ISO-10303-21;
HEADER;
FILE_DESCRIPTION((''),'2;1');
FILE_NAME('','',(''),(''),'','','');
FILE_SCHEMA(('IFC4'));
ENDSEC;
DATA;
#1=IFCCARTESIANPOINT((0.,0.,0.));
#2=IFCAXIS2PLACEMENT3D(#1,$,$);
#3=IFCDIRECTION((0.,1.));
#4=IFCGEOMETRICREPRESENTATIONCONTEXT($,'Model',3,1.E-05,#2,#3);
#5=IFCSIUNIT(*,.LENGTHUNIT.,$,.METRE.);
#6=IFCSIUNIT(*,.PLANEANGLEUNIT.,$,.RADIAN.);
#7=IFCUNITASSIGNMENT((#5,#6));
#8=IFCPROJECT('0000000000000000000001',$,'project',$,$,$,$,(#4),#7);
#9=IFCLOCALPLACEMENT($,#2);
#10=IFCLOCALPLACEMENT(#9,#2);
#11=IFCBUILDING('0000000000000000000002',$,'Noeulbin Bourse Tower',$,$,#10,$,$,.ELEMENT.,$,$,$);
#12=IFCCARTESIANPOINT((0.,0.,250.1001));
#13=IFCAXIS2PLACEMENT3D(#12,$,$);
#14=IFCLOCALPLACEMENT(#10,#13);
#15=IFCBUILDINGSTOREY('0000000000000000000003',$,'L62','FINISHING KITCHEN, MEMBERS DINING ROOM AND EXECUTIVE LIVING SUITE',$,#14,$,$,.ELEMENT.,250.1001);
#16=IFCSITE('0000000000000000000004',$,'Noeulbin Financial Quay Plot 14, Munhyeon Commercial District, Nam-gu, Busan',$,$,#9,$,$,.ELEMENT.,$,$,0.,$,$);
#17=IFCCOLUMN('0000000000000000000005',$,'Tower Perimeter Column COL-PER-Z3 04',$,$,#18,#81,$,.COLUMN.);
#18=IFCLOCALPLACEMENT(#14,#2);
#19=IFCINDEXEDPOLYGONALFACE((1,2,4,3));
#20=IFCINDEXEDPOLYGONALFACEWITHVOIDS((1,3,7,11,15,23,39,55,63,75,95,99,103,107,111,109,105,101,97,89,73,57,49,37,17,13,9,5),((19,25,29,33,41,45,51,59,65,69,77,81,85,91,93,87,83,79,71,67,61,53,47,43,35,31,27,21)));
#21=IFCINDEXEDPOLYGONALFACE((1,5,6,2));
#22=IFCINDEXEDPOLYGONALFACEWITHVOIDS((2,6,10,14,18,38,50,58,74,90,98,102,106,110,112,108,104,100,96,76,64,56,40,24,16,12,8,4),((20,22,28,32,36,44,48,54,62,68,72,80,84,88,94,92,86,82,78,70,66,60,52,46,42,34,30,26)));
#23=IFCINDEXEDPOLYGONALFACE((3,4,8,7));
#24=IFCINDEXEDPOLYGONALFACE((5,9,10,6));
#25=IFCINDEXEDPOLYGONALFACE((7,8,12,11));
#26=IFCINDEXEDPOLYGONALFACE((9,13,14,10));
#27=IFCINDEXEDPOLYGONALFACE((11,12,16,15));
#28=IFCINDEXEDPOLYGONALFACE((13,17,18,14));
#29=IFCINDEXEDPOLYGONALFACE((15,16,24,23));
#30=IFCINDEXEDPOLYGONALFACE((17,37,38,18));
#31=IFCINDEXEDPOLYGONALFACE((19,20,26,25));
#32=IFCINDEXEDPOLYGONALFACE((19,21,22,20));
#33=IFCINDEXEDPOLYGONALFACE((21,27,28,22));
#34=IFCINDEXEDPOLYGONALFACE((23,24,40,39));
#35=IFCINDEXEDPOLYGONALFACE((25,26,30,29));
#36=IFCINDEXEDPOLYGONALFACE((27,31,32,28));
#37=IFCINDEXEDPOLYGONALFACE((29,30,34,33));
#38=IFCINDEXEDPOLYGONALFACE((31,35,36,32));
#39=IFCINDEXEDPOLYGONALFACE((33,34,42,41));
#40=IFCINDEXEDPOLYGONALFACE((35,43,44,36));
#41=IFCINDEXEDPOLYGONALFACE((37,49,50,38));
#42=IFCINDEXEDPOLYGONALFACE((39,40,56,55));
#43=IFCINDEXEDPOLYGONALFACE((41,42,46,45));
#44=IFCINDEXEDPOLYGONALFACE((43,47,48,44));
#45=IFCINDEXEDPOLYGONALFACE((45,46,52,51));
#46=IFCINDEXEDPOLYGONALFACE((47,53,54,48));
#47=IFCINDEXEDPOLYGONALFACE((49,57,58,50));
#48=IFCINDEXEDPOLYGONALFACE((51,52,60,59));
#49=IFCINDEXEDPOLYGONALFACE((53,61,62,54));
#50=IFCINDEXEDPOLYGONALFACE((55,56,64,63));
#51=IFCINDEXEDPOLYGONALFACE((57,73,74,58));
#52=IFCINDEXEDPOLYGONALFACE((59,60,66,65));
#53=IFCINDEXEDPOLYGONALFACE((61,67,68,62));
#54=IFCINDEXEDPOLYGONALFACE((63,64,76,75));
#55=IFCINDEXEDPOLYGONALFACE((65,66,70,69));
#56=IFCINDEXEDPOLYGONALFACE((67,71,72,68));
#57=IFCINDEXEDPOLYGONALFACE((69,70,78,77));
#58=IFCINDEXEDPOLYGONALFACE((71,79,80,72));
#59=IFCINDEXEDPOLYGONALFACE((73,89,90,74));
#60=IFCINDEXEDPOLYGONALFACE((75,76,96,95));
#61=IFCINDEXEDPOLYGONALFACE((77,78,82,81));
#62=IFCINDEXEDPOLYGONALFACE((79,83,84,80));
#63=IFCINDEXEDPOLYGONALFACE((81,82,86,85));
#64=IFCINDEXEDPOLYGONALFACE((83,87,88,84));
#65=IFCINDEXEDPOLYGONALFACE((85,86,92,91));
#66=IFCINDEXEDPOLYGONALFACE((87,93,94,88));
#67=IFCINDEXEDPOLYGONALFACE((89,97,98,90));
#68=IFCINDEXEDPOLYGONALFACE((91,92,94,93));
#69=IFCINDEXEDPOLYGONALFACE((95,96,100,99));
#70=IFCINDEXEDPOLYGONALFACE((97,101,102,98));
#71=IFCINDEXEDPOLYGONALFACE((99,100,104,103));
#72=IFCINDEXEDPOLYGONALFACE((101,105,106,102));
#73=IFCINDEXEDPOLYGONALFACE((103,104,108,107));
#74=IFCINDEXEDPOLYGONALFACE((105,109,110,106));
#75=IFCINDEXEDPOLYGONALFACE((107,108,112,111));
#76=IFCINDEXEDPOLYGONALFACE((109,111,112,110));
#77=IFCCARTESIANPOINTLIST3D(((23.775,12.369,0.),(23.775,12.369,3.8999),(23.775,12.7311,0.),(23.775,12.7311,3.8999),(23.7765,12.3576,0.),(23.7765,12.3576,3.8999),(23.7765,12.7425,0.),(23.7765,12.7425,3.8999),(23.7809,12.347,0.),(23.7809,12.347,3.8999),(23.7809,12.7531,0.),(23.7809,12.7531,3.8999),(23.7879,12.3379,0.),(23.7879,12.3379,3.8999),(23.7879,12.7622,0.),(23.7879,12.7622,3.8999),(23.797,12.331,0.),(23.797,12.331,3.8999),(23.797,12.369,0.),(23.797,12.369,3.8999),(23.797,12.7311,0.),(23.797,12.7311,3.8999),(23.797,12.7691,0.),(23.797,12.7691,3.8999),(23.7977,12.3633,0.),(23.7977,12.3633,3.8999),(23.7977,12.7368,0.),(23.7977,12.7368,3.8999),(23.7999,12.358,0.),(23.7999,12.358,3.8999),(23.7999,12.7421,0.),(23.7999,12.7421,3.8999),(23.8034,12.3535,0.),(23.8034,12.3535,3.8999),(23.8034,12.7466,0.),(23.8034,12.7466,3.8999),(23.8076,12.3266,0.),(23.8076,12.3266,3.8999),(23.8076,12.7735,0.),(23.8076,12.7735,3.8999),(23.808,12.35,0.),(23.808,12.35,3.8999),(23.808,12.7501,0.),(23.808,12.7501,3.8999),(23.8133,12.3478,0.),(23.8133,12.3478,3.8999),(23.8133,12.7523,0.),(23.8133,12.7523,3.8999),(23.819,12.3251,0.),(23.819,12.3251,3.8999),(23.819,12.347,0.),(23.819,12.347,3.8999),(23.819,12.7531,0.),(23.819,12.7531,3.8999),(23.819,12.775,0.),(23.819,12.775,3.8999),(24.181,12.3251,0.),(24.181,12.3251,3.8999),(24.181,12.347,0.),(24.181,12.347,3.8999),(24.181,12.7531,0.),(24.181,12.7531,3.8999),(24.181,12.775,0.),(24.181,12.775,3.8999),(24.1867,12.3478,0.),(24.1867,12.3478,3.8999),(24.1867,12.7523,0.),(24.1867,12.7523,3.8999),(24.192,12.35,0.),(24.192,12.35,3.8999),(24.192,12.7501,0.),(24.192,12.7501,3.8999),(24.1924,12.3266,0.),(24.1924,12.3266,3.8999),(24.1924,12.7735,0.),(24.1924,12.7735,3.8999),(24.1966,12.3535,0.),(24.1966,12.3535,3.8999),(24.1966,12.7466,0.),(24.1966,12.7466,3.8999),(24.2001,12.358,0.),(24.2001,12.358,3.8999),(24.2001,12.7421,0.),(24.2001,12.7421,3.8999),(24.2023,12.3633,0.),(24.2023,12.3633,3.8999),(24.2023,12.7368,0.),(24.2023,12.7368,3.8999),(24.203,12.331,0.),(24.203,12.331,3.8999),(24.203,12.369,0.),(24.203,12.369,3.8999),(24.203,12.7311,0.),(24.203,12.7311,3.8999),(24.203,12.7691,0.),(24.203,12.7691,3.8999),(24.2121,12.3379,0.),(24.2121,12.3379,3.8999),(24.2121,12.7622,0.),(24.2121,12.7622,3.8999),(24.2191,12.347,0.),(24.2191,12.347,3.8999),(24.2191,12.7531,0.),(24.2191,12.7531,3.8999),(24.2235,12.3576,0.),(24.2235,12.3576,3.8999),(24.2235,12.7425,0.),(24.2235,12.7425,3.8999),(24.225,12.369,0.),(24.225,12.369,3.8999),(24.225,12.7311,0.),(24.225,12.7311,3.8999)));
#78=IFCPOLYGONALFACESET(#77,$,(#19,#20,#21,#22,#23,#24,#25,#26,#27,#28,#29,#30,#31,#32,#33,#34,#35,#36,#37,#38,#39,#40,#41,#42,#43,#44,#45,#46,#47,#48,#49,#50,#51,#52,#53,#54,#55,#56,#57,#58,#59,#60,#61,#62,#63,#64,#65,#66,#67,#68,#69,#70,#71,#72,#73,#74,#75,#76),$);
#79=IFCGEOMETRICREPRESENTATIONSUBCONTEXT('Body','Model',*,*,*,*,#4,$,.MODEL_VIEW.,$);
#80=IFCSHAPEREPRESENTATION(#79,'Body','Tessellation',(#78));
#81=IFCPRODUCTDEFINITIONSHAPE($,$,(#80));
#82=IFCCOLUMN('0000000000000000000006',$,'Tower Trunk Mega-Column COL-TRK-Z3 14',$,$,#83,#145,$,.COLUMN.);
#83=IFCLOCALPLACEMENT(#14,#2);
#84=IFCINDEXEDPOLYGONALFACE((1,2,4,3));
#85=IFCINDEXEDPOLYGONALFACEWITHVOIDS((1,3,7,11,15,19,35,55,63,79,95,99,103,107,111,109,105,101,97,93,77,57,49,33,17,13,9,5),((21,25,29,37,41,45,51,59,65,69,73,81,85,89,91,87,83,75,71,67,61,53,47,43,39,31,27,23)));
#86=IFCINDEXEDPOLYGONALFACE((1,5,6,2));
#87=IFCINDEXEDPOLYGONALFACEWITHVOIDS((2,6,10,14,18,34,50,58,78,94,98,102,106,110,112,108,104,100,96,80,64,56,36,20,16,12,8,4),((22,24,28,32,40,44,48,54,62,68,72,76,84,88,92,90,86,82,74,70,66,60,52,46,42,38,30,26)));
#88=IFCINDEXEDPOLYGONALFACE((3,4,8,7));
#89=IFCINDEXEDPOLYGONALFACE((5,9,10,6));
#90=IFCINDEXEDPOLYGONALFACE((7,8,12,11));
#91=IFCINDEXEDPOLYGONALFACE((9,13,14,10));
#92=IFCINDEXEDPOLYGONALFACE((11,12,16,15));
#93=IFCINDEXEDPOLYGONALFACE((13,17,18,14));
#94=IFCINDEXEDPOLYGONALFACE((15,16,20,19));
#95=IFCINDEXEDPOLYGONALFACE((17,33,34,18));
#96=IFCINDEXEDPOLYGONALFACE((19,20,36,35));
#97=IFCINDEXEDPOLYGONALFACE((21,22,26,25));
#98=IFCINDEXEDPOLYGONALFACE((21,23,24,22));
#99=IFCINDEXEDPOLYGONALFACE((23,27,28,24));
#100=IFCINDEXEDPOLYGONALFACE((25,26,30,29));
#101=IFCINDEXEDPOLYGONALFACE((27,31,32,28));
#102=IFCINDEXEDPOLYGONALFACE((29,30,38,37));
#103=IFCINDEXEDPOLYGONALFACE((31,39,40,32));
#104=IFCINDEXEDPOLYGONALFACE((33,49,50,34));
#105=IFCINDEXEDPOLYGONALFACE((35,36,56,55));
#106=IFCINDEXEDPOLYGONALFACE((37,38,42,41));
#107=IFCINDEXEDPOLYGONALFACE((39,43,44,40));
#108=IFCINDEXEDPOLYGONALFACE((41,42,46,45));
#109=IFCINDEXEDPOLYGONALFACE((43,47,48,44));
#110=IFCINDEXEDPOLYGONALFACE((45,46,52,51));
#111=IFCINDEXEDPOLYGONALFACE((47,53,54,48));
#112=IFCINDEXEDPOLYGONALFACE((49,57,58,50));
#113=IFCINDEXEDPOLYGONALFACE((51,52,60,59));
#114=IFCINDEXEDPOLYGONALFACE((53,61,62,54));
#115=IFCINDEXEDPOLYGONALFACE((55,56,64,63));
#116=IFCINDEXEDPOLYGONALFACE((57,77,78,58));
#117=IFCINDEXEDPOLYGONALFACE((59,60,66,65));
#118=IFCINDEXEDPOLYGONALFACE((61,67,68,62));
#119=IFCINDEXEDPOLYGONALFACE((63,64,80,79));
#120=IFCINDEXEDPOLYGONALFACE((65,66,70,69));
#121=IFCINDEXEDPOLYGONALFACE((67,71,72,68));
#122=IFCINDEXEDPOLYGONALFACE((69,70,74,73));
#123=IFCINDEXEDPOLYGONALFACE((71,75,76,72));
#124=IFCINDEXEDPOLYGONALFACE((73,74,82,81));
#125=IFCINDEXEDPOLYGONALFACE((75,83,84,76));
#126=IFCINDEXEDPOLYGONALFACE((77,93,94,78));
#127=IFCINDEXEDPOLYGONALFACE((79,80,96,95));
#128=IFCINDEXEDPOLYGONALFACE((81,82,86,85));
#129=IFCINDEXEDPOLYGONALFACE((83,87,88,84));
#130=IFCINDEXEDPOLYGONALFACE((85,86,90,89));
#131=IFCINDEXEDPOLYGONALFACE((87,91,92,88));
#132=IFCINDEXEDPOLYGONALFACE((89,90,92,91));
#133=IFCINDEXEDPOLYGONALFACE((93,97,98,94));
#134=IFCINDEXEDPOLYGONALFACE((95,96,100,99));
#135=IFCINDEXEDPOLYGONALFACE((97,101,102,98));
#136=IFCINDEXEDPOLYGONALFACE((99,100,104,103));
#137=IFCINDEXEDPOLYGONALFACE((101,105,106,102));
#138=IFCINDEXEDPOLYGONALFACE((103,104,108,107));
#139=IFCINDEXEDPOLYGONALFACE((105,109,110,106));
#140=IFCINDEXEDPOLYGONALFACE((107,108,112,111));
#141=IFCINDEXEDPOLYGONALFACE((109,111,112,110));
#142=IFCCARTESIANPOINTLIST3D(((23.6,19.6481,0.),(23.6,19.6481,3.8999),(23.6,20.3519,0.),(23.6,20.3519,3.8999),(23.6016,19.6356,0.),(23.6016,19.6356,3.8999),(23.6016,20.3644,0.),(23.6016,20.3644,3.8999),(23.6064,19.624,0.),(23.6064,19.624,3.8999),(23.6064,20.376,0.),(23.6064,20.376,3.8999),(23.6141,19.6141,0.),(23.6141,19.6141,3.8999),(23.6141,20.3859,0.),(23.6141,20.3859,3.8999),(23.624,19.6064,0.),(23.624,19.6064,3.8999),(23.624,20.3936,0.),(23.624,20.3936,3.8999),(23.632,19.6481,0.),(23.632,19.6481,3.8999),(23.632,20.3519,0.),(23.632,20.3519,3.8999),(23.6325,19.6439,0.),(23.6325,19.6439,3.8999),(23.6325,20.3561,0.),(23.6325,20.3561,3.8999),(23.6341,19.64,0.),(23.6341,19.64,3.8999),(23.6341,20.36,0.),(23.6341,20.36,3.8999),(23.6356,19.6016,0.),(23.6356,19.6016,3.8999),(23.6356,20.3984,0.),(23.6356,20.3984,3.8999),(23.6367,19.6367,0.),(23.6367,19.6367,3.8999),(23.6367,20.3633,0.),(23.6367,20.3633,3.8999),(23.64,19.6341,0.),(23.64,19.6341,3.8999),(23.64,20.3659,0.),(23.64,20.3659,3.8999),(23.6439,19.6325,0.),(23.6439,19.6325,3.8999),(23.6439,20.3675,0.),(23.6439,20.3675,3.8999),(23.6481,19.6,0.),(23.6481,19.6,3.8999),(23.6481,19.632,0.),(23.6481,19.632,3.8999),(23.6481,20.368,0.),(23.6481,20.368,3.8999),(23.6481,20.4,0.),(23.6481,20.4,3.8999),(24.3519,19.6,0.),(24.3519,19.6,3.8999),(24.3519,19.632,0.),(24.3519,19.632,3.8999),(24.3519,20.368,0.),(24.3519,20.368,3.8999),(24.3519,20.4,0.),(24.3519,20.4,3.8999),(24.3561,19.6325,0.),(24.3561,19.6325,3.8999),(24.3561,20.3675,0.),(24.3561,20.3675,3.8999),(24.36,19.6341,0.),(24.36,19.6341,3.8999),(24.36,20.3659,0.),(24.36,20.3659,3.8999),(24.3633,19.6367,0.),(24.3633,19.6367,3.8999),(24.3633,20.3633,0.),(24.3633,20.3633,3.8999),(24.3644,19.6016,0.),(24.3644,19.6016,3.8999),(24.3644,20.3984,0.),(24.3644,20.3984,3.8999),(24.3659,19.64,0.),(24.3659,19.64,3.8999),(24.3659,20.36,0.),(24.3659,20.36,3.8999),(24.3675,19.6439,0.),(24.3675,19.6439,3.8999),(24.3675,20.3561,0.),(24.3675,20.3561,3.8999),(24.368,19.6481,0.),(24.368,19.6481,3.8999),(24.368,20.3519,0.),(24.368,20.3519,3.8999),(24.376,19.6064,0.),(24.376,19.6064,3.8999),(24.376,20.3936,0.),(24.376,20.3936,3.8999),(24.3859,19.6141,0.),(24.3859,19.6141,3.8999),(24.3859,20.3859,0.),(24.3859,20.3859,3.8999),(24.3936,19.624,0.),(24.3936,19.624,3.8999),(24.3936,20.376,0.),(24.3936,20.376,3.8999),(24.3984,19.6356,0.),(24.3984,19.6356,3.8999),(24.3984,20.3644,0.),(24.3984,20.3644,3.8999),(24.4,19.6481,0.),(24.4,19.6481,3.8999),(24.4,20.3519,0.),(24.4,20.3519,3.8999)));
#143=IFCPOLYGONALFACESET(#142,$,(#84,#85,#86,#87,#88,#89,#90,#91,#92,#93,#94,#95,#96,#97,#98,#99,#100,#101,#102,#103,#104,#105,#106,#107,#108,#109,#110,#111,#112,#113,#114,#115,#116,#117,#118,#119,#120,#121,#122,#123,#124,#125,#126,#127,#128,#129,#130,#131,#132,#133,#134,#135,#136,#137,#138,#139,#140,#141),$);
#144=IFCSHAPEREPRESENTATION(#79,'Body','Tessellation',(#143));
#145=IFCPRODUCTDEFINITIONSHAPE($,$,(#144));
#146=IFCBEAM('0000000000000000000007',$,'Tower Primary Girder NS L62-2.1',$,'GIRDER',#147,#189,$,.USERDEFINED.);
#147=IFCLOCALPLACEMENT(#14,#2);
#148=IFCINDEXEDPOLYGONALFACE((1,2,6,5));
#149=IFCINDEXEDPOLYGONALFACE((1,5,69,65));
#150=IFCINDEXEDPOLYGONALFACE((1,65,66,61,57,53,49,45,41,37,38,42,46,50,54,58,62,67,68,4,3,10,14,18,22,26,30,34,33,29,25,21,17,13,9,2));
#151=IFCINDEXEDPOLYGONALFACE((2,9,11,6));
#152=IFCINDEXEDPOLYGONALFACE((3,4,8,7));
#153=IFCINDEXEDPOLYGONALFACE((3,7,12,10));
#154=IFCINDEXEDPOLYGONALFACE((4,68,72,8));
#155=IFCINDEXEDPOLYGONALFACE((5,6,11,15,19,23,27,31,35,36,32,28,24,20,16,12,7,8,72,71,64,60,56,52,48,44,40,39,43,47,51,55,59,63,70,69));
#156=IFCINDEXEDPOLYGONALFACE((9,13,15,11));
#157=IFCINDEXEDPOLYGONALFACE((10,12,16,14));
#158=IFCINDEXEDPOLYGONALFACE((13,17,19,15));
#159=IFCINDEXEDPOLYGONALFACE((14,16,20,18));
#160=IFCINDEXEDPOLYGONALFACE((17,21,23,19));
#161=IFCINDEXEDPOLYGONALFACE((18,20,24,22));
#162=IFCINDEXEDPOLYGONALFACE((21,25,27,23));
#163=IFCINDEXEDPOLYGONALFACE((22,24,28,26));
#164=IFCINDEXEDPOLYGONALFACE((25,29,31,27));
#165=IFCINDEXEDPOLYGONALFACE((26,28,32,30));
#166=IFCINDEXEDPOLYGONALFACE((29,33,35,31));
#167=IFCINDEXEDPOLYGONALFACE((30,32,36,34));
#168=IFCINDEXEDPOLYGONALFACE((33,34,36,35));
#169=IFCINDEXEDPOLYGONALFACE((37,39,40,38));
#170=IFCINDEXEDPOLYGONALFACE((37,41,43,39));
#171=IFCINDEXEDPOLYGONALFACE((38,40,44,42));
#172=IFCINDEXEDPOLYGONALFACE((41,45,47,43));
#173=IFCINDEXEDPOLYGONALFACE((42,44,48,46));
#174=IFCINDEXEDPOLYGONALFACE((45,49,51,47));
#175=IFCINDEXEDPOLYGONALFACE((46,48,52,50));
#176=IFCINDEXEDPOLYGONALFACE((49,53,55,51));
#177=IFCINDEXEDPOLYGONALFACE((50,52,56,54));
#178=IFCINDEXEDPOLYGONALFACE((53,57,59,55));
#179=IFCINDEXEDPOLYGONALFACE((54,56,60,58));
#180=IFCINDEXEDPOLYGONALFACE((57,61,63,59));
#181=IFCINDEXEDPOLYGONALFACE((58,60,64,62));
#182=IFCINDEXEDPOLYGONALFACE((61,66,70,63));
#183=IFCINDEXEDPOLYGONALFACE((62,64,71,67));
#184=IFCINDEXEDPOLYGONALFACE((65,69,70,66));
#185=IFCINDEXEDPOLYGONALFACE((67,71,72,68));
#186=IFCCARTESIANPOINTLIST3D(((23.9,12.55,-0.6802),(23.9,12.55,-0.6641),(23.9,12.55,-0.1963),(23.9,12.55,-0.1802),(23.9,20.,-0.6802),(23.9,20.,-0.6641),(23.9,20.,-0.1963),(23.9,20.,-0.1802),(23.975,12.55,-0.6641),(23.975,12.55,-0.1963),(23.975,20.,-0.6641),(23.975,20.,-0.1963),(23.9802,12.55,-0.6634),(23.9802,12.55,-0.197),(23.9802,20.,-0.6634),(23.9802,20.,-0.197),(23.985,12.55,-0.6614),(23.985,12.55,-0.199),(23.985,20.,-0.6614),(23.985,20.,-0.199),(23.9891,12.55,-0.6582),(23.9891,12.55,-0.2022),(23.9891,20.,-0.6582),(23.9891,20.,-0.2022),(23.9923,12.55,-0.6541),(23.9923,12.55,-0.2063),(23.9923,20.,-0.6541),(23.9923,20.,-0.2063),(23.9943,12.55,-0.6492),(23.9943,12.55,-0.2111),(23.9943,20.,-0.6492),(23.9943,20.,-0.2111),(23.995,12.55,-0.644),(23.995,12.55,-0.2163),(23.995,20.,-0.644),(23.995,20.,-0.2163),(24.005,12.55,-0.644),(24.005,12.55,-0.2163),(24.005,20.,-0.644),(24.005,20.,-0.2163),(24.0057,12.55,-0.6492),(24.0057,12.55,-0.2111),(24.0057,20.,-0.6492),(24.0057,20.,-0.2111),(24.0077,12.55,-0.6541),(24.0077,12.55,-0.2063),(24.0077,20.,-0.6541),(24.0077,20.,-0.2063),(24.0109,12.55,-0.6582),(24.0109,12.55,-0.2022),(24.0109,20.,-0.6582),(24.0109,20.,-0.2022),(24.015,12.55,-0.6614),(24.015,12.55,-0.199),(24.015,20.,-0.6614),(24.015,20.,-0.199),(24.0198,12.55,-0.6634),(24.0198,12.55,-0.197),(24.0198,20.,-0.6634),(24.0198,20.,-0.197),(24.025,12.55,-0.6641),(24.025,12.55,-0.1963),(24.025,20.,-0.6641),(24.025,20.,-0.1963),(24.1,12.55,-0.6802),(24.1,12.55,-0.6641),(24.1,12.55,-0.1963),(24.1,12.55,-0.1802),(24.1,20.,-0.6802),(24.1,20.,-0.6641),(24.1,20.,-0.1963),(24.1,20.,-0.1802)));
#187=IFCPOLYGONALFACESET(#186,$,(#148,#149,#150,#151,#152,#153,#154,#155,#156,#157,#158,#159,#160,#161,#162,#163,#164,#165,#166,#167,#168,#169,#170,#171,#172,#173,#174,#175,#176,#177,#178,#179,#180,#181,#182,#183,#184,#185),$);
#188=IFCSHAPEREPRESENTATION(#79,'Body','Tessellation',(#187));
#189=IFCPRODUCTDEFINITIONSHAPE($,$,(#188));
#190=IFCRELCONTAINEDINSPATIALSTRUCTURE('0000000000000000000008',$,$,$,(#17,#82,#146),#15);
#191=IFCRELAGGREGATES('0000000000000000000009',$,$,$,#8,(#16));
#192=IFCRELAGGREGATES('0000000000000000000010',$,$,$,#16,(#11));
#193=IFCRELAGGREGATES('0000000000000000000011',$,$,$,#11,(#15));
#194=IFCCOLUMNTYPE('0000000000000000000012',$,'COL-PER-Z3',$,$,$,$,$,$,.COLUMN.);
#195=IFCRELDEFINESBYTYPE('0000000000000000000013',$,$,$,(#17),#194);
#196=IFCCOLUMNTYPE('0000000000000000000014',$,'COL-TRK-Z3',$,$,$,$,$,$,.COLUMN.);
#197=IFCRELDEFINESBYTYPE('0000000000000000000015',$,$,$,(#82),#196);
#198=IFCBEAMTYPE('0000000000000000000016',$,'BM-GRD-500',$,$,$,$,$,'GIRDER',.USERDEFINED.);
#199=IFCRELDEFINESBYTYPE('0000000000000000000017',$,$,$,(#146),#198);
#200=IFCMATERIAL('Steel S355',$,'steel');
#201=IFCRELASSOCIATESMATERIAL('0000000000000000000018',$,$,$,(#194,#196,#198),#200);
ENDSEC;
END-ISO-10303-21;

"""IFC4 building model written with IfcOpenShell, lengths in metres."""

from ifc_helpers import new_model, si_unit, direction, frame, origin, origin_2d, place, context, subcontext, project, spatial, hollow_rectangle, i_section, extrude, material, material_profile, profile_set, type_object, element, save


model = new_model("IFC4")

# Units and contexts
model_context = context("Model", 3, precision=1e-05, world=origin(), true_north=direction((0.0, 1.0)))
body_context = subcontext(model_context, "Body", "Model", "MODEL_VIEW")
ifc_project = project(units=[si_unit("LENGTHUNIT", "METRE"), si_unit("PLANEANGLEUNIT", "RADIAN")], contexts=[model_context])

# Site, building, storey
site_placement = place(None, origin())
site = spatial("IfcSite", under=ifc_project, at=site_placement, Name="Noeulbin Financial Quay Plot 14, Munhyeon Commercial District, Nam-gu, Busan", CompositionType="ELEMENT", RefElevation=0.0)
building_placement = place(site_placement, origin())
building = spatial("IfcBuilding", under=site, at=building_placement, Name="Noeulbin Bourse Tower", CompositionType="ELEMENT")
storey_placement = place(building_placement, frame((0.0, 0.0, 250.1001)))
storey = spatial("IfcBuildingStorey", under=building, at=storey_placement, Name="L62", Description="FINISHING KITCHEN, MEMBERS DINING ROOM AND EXECUTIVE LIVING SUITE", CompositionType="ELEMENT", Elevation=250.1001)

# Columns
ifc_material_1 = material(Name="Steel S355", Category="steel")
ifc_material_profile_1 = material_profile(ifc_material_1, hollow_rectangle(XDim=0.45, YDim=0.45, WallThickness=0.022, InnerFilletRadius=0.022, OuterFilletRadius=0.0439, at=origin_2d()), Name="SHS-450x450x22", Category="LoadBearing")
ifc_profile_set_1 = profile_set([ifc_material_profile_1], Name="Steel S355")
column_type_1 = type_object("IfcColumnType", Name="COL-PER-Z3", PredefinedType="COLUMN", material=ifc_profile_set_1)
column_1_placement = place(storey_placement, frame((24.0, 12.55, 0.0), z_axis=(0.0, 0.0, 1.0), x_axis=(1.0, 0.0, 0.0)))
element("IfcColumn", 1, at=column_1_placement, inside=storey, type_object=column_type_1, Name="Tower Perimeter Column COL-PER-Z3 04", PredefinedType="COLUMN", context=body_context, shape_type="SweptSolid", body=[
    extrude(hollow_rectangle(XDim=0.45, YDim=0.45, WallThickness=0.022, InnerFilletRadius=0.022, OuterFilletRadius=0.0439, at=origin_2d()), origin(), (0.0, 0.0, 1.0), 3.8999),
])
ifc_material_profile_2 = material_profile(ifc_material_1, hollow_rectangle(XDim=0.8, YDim=0.8, WallThickness=0.032, InnerFilletRadius=0.0161, OuterFilletRadius=0.0481, at=origin_2d()), Name="BOX-800x800x32", Category="LoadBearing")
ifc_profile_set_2 = profile_set([ifc_material_profile_2], Name="Steel S355")
column_type_2 = type_object("IfcColumnType", Name="COL-TRK-Z3", PredefinedType="COLUMN", material=ifc_profile_set_2)
column_2_placement = place(storey_placement, frame((24.0, 20.0, 0.0), z_axis=(0.0, 0.0, 1.0), x_axis=(1.0, 0.0, 0.0)))
element("IfcColumn", 2, at=column_2_placement, inside=storey, type_object=column_type_2, Name="Tower Trunk Mega-Column COL-TRK-Z3 14", PredefinedType="COLUMN", context=body_context, shape_type="SweptSolid", body=[
    extrude(hollow_rectangle(XDim=0.8, YDim=0.8, WallThickness=0.032, InnerFilletRadius=0.0161, OuterFilletRadius=0.0481, at=origin_2d()), origin(), (0.0, 0.0, 1.0), 3.8999),
])

# Beam
ifc_material_profile_3 = material_profile(ifc_material_1, i_section(OverallWidth=0.2, OverallDepth=0.5, WebThickness=0.01, FlangeThickness=0.0161, FilletRadius=0.02, at=origin_2d()), Name="H-500x200x10x16", Category="LoadBearing")
ifc_profile_set_3 = profile_set([ifc_material_profile_3], Name="Steel S355")
beam_type_1 = type_object("IfcBeamType", Name="BM-GRD-500", ElementType="GIRDER", PredefinedType="USERDEFINED", material=ifc_profile_set_3)
beam_1_placement = place(storey_placement, frame((24.0, 12.55, -0.4302), z_axis=(0.0, 1.0, 0.0), x_axis=(-1.0, 0.0, 0.0)))
element("IfcBeam", 3, at=beam_1_placement, inside=storey, type_object=beam_type_1, Name="Tower Primary Girder NS L62-2.1", ObjectType="GIRDER", PredefinedType="USERDEFINED", context=body_context, shape_type="SweptSolid", body=[
    extrude(i_section(OverallWidth=0.2, OverallDepth=0.5, WebThickness=0.01, FlangeThickness=0.0161, FilletRadius=0.02, at=origin_2d()), origin(), (0.0, 0.0, 1.0), 7.45),
])

save(model, "model.ifc")
